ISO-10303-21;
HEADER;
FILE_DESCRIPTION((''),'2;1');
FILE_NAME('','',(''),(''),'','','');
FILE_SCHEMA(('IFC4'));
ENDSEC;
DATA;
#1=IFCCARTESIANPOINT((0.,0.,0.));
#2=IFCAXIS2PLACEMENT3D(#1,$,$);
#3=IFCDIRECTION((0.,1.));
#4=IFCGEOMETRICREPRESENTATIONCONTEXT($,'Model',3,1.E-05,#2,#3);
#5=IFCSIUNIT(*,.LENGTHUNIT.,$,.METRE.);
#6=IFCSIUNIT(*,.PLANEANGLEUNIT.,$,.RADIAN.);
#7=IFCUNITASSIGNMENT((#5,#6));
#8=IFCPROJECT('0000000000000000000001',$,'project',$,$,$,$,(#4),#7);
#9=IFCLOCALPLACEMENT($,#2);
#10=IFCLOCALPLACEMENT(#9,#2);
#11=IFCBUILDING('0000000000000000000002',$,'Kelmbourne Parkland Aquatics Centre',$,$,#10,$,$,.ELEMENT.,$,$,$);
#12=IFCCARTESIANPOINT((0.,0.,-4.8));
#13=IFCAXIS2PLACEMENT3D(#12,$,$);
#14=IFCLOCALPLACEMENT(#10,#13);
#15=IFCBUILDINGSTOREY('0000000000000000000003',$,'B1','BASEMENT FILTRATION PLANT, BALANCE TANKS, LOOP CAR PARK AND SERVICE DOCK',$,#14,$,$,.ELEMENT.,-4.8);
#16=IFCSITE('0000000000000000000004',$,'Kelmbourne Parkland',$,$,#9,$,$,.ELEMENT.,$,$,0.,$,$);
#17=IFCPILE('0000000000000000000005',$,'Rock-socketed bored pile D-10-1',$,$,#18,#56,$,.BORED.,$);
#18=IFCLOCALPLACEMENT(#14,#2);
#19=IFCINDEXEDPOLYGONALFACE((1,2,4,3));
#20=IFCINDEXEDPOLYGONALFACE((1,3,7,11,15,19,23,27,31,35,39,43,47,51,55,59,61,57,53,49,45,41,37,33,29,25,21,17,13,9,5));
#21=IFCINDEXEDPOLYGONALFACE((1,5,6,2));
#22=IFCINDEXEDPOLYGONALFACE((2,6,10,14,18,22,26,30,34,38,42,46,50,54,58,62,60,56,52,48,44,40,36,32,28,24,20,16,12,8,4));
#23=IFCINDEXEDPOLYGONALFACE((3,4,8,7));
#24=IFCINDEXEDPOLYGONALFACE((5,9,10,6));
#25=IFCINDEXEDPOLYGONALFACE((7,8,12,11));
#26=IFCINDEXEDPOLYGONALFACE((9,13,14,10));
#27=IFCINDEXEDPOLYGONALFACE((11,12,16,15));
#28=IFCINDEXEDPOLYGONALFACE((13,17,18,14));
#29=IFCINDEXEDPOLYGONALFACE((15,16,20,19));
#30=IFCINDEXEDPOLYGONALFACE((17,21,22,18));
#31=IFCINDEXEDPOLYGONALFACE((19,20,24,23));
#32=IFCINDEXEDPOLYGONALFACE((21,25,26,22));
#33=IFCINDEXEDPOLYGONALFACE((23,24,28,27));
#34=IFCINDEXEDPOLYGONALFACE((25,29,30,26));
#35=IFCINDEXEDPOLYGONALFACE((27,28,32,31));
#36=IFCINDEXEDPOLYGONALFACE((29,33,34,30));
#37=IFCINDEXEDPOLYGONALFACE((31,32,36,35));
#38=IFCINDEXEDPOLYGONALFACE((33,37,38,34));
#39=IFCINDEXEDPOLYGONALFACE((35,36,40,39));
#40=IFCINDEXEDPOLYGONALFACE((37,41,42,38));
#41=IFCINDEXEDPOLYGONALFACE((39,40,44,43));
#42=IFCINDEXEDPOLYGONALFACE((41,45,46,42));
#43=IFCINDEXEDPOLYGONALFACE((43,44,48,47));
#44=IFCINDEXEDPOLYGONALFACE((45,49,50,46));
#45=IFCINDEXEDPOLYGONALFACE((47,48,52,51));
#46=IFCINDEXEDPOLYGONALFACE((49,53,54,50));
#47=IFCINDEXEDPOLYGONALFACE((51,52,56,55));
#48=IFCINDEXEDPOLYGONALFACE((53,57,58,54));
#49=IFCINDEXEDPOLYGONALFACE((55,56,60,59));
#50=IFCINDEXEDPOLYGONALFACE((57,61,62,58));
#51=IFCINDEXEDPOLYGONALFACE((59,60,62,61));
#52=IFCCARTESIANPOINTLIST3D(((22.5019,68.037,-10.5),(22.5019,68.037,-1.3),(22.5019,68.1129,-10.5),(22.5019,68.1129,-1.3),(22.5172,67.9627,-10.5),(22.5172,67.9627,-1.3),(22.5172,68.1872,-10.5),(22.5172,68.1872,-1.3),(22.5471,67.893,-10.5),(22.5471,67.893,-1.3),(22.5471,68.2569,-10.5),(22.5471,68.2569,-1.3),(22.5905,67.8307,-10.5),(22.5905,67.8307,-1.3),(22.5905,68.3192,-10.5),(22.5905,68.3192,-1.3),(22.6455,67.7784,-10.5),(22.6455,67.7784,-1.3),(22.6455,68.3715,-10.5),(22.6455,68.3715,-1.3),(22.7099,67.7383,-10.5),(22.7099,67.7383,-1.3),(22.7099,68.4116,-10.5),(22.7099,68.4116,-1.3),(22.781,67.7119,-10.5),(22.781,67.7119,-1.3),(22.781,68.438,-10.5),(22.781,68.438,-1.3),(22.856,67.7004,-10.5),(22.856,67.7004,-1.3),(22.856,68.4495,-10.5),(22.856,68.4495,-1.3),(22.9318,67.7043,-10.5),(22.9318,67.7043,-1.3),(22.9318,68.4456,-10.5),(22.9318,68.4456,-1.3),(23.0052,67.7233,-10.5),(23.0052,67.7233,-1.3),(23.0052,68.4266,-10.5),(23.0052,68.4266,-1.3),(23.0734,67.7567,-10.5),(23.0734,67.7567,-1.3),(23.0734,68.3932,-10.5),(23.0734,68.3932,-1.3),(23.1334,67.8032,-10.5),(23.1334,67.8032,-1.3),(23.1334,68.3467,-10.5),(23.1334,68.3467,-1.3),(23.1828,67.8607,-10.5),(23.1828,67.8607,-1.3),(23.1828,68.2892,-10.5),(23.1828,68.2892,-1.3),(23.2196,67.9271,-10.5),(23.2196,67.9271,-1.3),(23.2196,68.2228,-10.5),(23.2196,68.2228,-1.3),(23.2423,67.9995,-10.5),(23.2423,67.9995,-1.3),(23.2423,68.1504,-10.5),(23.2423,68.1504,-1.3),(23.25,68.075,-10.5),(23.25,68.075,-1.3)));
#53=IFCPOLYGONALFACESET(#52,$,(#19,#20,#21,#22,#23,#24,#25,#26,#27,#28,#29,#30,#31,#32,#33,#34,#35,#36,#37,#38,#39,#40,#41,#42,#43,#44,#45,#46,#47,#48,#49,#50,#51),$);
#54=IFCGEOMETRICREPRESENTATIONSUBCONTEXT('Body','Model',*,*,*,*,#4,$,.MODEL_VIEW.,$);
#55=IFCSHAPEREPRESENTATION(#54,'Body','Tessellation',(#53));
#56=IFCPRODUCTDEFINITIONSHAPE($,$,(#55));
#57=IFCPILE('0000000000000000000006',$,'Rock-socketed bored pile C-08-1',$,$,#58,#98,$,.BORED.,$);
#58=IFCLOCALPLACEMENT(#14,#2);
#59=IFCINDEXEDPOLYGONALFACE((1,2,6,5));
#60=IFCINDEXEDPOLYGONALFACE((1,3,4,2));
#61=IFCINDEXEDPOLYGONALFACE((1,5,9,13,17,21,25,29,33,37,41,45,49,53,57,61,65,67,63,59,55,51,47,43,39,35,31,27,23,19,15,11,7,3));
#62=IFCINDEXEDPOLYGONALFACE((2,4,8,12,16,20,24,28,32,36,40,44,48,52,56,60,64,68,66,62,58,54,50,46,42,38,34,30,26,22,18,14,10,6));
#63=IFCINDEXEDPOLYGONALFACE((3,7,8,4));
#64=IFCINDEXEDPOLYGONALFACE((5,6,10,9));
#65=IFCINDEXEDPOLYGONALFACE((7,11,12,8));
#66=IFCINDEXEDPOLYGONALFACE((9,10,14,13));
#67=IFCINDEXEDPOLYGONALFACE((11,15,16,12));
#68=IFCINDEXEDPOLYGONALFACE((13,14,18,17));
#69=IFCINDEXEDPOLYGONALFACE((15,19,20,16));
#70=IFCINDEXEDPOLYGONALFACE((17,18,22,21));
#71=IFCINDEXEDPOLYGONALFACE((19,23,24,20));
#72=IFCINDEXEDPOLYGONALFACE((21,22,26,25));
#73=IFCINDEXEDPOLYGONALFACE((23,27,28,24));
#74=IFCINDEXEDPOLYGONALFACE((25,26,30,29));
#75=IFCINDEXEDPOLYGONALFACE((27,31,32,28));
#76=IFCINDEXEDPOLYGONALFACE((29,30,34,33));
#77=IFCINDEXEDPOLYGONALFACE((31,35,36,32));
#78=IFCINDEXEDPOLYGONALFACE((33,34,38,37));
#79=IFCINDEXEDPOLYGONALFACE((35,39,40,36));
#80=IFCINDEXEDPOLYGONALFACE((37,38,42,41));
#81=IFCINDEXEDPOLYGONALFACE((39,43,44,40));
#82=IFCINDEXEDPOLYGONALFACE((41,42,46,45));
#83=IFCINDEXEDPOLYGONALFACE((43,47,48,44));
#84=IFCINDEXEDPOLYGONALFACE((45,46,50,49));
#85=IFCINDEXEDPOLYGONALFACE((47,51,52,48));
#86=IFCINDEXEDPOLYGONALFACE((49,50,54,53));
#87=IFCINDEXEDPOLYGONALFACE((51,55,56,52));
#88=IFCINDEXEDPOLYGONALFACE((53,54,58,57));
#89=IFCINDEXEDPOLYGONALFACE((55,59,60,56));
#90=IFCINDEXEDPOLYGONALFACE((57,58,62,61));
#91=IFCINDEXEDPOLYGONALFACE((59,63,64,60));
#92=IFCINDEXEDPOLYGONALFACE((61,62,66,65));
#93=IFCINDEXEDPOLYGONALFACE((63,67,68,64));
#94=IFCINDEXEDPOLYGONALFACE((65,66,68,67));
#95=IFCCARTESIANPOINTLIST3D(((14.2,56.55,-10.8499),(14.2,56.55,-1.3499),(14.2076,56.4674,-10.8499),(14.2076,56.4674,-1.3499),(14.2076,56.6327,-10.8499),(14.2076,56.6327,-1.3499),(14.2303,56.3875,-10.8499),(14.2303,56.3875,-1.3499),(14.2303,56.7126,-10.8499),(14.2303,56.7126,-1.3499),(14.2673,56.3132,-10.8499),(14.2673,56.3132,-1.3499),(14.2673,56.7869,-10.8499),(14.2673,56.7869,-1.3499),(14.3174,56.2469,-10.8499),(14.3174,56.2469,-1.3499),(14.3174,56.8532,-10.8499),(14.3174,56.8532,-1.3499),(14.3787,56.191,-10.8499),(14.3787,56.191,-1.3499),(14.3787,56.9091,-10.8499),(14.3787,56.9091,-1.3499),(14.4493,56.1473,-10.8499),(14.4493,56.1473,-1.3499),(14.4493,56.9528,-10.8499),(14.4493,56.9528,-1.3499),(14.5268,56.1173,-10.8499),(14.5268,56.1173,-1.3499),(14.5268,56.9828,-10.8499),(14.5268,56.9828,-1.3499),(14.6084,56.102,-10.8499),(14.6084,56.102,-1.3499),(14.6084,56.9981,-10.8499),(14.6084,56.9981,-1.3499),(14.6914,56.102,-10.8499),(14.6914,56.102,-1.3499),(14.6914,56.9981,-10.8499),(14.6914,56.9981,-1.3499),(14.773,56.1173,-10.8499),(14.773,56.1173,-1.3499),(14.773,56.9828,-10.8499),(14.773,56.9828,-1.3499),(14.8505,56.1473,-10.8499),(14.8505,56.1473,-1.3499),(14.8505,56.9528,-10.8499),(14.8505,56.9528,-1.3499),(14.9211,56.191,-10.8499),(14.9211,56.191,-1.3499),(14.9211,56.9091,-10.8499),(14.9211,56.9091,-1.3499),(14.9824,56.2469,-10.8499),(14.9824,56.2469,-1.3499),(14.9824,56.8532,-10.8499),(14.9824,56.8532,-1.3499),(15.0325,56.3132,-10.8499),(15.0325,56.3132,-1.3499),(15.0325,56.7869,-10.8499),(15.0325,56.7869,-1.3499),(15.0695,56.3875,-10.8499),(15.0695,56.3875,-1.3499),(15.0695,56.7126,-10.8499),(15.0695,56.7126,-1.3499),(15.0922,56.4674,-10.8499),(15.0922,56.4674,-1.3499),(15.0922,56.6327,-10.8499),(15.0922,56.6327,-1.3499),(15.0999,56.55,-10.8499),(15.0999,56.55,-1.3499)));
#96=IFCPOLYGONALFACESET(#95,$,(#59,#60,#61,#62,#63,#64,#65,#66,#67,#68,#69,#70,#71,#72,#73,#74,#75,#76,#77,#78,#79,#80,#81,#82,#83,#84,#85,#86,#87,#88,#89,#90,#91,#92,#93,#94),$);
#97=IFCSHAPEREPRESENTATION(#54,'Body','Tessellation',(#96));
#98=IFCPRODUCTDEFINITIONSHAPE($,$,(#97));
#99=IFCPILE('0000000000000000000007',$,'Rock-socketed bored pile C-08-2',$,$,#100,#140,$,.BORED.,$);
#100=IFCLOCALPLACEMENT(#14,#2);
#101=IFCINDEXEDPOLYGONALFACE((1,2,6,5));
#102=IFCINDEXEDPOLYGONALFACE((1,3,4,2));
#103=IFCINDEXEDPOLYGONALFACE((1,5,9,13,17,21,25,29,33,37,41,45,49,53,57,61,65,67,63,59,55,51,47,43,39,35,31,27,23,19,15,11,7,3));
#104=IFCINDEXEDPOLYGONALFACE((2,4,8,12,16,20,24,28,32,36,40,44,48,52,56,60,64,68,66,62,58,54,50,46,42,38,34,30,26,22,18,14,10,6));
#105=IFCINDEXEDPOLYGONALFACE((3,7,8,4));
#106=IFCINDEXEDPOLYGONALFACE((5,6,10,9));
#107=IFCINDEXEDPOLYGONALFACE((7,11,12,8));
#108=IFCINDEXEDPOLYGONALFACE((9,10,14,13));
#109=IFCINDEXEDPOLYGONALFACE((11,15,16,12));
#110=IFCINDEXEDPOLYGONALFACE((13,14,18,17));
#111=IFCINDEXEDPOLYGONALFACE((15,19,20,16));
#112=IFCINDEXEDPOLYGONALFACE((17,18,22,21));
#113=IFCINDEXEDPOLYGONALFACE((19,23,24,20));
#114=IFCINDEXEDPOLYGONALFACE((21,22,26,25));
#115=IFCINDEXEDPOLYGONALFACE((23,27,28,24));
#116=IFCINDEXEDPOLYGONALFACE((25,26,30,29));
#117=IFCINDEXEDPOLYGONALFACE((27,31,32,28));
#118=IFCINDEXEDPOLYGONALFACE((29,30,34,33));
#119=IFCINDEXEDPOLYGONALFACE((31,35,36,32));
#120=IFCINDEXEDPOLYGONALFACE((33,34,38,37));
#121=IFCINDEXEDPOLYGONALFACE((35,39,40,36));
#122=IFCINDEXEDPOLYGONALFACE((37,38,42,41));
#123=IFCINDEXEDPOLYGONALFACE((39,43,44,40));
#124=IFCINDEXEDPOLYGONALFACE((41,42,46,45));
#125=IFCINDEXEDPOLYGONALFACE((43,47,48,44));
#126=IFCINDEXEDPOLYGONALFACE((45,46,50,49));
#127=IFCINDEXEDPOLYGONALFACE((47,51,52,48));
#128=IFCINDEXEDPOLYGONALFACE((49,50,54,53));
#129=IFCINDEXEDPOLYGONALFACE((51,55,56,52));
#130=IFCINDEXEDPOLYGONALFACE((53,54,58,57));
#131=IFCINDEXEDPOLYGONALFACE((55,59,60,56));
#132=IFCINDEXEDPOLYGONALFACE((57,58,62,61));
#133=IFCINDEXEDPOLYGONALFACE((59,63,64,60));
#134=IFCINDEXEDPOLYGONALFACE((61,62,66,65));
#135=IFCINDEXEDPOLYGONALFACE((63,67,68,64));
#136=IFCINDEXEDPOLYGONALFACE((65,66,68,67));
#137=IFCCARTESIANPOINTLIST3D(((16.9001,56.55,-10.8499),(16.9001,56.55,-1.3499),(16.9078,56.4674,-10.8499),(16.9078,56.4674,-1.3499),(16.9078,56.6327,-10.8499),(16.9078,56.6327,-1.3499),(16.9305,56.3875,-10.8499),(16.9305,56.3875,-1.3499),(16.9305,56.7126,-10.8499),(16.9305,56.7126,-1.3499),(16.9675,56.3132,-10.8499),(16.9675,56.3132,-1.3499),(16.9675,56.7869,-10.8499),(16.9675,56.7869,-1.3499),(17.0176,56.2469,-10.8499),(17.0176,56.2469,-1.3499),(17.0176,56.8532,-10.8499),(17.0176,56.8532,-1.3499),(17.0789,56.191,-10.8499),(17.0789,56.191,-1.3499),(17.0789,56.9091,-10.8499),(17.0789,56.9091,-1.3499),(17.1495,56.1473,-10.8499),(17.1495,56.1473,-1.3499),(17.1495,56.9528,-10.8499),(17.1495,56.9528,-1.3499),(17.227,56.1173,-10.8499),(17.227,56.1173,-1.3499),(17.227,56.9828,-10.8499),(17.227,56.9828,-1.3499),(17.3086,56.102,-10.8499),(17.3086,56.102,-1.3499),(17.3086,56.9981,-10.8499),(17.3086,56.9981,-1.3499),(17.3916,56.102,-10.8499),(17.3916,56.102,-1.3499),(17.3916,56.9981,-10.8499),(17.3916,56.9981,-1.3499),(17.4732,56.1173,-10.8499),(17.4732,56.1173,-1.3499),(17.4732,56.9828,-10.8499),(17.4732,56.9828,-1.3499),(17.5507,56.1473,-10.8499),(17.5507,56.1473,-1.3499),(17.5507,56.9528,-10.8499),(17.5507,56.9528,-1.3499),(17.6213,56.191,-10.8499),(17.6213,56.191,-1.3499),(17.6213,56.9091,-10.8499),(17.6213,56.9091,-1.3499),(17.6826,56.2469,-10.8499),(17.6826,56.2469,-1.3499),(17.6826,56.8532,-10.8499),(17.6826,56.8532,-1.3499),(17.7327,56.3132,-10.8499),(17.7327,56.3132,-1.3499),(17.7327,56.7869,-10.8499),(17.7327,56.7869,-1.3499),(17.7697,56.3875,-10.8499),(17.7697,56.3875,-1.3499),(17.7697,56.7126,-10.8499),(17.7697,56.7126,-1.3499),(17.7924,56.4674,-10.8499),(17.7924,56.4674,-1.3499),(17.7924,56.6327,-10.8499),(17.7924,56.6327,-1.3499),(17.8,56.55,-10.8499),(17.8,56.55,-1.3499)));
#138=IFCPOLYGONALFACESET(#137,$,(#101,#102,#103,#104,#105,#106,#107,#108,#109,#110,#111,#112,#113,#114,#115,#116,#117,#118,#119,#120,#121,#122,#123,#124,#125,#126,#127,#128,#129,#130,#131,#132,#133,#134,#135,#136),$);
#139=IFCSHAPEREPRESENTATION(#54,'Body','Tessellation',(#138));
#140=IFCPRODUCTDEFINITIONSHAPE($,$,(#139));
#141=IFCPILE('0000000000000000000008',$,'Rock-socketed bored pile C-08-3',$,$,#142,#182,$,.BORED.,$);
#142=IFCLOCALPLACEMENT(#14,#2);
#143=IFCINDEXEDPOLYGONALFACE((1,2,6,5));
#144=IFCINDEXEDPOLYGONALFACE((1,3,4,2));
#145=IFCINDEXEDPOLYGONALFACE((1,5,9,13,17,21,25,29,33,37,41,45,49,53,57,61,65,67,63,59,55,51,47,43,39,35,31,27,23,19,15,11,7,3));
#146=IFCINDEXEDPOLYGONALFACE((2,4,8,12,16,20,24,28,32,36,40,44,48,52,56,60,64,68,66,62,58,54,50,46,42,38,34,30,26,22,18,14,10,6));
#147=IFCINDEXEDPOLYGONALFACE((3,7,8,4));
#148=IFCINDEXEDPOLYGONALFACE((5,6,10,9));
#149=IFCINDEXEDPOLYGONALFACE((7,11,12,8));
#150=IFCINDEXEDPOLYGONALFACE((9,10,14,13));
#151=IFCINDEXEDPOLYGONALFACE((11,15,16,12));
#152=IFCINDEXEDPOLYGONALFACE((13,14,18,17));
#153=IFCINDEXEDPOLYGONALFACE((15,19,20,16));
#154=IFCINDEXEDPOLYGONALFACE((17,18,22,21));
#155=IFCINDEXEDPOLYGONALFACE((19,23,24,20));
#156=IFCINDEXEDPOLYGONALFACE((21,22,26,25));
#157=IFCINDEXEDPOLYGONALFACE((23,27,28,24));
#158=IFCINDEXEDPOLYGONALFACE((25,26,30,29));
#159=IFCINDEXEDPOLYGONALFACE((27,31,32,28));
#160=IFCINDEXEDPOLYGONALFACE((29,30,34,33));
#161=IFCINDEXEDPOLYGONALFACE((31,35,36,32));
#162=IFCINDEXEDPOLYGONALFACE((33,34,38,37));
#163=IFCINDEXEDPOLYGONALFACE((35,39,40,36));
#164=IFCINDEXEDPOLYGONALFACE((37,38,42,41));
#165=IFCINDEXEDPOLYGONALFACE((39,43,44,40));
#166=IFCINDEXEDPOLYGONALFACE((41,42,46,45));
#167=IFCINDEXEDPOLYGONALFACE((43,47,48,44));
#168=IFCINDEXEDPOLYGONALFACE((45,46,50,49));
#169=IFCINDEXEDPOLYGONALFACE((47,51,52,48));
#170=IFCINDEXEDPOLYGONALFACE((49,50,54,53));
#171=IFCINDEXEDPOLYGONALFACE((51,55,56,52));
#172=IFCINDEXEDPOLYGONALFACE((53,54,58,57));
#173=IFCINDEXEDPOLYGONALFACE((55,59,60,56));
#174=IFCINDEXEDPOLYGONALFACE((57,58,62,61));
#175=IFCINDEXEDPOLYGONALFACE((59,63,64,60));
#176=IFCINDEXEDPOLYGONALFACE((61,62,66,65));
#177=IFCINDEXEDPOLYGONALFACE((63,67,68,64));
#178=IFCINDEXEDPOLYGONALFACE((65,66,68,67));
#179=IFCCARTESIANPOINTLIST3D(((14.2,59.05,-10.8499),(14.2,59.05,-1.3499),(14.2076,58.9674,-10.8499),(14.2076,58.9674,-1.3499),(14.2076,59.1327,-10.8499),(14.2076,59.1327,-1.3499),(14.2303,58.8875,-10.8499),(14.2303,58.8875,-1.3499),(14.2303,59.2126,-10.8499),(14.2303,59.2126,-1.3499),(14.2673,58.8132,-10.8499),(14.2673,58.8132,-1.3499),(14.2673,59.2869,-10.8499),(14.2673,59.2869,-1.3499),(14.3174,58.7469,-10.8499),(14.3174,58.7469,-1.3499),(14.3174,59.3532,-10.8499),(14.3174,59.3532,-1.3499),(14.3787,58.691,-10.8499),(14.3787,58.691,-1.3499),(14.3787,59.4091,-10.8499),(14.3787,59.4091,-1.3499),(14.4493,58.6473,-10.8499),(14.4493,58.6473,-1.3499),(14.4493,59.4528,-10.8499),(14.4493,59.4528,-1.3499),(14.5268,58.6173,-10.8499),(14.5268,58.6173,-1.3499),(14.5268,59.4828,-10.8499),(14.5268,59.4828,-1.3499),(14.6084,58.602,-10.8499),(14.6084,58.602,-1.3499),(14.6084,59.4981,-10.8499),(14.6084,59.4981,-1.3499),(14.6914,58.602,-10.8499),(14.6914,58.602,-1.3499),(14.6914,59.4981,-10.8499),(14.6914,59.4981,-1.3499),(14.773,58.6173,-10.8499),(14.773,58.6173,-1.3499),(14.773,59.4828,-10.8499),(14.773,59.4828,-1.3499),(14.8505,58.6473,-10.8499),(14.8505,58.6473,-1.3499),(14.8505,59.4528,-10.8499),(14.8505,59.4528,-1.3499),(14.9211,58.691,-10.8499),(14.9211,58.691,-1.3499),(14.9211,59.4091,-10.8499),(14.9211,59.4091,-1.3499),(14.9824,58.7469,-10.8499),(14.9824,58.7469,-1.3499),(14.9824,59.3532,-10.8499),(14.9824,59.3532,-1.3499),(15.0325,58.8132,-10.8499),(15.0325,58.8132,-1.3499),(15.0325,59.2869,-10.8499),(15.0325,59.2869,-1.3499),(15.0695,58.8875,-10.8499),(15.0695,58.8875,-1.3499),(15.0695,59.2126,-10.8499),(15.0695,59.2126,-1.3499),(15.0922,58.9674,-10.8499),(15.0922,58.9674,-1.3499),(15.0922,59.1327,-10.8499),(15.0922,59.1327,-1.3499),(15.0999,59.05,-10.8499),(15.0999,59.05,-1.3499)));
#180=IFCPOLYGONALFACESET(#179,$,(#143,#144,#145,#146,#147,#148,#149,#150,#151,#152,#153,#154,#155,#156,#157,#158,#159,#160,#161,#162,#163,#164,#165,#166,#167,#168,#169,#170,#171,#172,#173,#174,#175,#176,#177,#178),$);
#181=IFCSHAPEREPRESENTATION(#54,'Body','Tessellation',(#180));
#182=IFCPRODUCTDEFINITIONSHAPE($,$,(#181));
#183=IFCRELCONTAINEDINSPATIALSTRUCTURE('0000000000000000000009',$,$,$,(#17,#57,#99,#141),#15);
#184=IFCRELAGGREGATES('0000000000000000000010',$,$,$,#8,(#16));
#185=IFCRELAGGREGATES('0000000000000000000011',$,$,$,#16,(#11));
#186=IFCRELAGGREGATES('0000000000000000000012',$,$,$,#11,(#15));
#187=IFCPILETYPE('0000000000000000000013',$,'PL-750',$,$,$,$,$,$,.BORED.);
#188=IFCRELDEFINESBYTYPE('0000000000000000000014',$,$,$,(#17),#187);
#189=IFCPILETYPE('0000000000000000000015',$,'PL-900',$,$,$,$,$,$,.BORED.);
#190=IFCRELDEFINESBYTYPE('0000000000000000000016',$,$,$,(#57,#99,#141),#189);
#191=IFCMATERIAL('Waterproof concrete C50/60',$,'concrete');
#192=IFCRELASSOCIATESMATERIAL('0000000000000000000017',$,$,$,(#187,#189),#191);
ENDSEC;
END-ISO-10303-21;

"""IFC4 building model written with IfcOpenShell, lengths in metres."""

from ifc_helpers import new_model, si_unit, direction, frame, origin, origin_2d, place, context, subcontext, project, spatial, circle, extrude, material, material_profile, profile_set, type_object, element, save


model = new_model("IFC4")

# Units and contexts
model_context = context("Model", 3, precision=1e-05, world=origin(), true_north=direction((0.0, 1.0)))
body_context = subcontext(model_context, "Body", "Model", "MODEL_VIEW")
ifc_project = project(units=[si_unit("LENGTHUNIT", "METRE"), si_unit("PLANEANGLEUNIT", "RADIAN")], contexts=[model_context])

# Site, building, storey
site_placement = place(None, origin())
site = spatial("IfcSite", under=ifc_project, at=site_placement, Name="Kelmbourne Parkland", CompositionType="ELEMENT", RefElevation=0.0)
building_placement = place(site_placement, origin())
building = spatial("IfcBuilding", under=site, at=building_placement, Name="Kelmbourne Parkland Aquatics Centre", CompositionType="ELEMENT")
storey_placement = place(building_placement, frame((0.0, 0.0, -4.8)))
storey = spatial("IfcBuildingStorey", under=building, at=storey_placement, Name="B1", Description="BASEMENT FILTRATION PLANT, BALANCE TANKS, LOOP CAR PARK AND SERVICE DOCK", CompositionType="ELEMENT", Elevation=-4.8)

# Shared definitions
ifc_material_1 = material(Name="Waterproof concrete C50/60", Category="concrete")

# Piles
ifc_material_profile_1 = material_profile(ifc_material_1, circle(Radius=0.375, at=origin_2d()), Name="PILE D750")
ifc_profile_set_1 = profile_set([ifc_material_profile_1], Name="Waterproof concrete C50/60")
pile_type_1 = type_object("IfcPileType", Name="PL-750", PredefinedType="BORED", material=ifc_profile_set_1)
for number, where, z_axis, x_axis, name in (
    (1, (22.875, 68.075, -1.3), (0.0, 0.0, -1.0), (1.0, 0.0, 0.0), "Rock-socketed bored pile D-10-1"),
):
    element("IfcPile", number, at=place(storey_placement, frame(where, z_axis=z_axis, x_axis=x_axis)), inside=storey, type_object=pile_type_1, Name=name, PredefinedType="BORED", context=body_context, shape_type="SweptSolid", body=[
        extrude(circle(Radius=0.375, at=origin_2d()), origin(), (0.0, 0.0, 1.0), 9.2),
    ])
ifc_material_profile_2 = material_profile(ifc_material_1, circle(Radius=0.45, at=origin_2d()), Name="PILE D900")
ifc_profile_set_2 = profile_set([ifc_material_profile_2], Name="Waterproof concrete C50/60")
pile_type_2 = type_object("IfcPileType", Name="PL-900", PredefinedType="BORED", material=ifc_profile_set_2)
for number, where, z_axis, x_axis, name in (
    (2, (14.6499, 56.55, -1.3499), (0.0, 0.0, -1.0), (1.0, 0.0, 0.0), "Rock-socketed bored pile C-08-1"),
    (3, (17.3501, 56.55, -1.3499), (0.0, 0.0, -1.0), (1.0, 0.0, 0.0), "Rock-socketed bored pile C-08-2"),
    (4, (14.6499, 59.05, -1.3499), (0.0, 0.0, -1.0), (1.0, 0.0, 0.0), "Rock-socketed bored pile C-08-3"),
):
    element("IfcPile", number, at=place(storey_placement, frame(where, z_axis=z_axis, x_axis=x_axis)), inside=storey, type_object=pile_type_2, Name=name, PredefinedType="BORED", context=body_context, shape_type="SweptSolid", body=[
        extrude(circle(Radius=0.45, at=origin_2d()), origin(), (0.0, 0.0, 1.0), 9.5),
    ])

save(model, "model.ifc")
